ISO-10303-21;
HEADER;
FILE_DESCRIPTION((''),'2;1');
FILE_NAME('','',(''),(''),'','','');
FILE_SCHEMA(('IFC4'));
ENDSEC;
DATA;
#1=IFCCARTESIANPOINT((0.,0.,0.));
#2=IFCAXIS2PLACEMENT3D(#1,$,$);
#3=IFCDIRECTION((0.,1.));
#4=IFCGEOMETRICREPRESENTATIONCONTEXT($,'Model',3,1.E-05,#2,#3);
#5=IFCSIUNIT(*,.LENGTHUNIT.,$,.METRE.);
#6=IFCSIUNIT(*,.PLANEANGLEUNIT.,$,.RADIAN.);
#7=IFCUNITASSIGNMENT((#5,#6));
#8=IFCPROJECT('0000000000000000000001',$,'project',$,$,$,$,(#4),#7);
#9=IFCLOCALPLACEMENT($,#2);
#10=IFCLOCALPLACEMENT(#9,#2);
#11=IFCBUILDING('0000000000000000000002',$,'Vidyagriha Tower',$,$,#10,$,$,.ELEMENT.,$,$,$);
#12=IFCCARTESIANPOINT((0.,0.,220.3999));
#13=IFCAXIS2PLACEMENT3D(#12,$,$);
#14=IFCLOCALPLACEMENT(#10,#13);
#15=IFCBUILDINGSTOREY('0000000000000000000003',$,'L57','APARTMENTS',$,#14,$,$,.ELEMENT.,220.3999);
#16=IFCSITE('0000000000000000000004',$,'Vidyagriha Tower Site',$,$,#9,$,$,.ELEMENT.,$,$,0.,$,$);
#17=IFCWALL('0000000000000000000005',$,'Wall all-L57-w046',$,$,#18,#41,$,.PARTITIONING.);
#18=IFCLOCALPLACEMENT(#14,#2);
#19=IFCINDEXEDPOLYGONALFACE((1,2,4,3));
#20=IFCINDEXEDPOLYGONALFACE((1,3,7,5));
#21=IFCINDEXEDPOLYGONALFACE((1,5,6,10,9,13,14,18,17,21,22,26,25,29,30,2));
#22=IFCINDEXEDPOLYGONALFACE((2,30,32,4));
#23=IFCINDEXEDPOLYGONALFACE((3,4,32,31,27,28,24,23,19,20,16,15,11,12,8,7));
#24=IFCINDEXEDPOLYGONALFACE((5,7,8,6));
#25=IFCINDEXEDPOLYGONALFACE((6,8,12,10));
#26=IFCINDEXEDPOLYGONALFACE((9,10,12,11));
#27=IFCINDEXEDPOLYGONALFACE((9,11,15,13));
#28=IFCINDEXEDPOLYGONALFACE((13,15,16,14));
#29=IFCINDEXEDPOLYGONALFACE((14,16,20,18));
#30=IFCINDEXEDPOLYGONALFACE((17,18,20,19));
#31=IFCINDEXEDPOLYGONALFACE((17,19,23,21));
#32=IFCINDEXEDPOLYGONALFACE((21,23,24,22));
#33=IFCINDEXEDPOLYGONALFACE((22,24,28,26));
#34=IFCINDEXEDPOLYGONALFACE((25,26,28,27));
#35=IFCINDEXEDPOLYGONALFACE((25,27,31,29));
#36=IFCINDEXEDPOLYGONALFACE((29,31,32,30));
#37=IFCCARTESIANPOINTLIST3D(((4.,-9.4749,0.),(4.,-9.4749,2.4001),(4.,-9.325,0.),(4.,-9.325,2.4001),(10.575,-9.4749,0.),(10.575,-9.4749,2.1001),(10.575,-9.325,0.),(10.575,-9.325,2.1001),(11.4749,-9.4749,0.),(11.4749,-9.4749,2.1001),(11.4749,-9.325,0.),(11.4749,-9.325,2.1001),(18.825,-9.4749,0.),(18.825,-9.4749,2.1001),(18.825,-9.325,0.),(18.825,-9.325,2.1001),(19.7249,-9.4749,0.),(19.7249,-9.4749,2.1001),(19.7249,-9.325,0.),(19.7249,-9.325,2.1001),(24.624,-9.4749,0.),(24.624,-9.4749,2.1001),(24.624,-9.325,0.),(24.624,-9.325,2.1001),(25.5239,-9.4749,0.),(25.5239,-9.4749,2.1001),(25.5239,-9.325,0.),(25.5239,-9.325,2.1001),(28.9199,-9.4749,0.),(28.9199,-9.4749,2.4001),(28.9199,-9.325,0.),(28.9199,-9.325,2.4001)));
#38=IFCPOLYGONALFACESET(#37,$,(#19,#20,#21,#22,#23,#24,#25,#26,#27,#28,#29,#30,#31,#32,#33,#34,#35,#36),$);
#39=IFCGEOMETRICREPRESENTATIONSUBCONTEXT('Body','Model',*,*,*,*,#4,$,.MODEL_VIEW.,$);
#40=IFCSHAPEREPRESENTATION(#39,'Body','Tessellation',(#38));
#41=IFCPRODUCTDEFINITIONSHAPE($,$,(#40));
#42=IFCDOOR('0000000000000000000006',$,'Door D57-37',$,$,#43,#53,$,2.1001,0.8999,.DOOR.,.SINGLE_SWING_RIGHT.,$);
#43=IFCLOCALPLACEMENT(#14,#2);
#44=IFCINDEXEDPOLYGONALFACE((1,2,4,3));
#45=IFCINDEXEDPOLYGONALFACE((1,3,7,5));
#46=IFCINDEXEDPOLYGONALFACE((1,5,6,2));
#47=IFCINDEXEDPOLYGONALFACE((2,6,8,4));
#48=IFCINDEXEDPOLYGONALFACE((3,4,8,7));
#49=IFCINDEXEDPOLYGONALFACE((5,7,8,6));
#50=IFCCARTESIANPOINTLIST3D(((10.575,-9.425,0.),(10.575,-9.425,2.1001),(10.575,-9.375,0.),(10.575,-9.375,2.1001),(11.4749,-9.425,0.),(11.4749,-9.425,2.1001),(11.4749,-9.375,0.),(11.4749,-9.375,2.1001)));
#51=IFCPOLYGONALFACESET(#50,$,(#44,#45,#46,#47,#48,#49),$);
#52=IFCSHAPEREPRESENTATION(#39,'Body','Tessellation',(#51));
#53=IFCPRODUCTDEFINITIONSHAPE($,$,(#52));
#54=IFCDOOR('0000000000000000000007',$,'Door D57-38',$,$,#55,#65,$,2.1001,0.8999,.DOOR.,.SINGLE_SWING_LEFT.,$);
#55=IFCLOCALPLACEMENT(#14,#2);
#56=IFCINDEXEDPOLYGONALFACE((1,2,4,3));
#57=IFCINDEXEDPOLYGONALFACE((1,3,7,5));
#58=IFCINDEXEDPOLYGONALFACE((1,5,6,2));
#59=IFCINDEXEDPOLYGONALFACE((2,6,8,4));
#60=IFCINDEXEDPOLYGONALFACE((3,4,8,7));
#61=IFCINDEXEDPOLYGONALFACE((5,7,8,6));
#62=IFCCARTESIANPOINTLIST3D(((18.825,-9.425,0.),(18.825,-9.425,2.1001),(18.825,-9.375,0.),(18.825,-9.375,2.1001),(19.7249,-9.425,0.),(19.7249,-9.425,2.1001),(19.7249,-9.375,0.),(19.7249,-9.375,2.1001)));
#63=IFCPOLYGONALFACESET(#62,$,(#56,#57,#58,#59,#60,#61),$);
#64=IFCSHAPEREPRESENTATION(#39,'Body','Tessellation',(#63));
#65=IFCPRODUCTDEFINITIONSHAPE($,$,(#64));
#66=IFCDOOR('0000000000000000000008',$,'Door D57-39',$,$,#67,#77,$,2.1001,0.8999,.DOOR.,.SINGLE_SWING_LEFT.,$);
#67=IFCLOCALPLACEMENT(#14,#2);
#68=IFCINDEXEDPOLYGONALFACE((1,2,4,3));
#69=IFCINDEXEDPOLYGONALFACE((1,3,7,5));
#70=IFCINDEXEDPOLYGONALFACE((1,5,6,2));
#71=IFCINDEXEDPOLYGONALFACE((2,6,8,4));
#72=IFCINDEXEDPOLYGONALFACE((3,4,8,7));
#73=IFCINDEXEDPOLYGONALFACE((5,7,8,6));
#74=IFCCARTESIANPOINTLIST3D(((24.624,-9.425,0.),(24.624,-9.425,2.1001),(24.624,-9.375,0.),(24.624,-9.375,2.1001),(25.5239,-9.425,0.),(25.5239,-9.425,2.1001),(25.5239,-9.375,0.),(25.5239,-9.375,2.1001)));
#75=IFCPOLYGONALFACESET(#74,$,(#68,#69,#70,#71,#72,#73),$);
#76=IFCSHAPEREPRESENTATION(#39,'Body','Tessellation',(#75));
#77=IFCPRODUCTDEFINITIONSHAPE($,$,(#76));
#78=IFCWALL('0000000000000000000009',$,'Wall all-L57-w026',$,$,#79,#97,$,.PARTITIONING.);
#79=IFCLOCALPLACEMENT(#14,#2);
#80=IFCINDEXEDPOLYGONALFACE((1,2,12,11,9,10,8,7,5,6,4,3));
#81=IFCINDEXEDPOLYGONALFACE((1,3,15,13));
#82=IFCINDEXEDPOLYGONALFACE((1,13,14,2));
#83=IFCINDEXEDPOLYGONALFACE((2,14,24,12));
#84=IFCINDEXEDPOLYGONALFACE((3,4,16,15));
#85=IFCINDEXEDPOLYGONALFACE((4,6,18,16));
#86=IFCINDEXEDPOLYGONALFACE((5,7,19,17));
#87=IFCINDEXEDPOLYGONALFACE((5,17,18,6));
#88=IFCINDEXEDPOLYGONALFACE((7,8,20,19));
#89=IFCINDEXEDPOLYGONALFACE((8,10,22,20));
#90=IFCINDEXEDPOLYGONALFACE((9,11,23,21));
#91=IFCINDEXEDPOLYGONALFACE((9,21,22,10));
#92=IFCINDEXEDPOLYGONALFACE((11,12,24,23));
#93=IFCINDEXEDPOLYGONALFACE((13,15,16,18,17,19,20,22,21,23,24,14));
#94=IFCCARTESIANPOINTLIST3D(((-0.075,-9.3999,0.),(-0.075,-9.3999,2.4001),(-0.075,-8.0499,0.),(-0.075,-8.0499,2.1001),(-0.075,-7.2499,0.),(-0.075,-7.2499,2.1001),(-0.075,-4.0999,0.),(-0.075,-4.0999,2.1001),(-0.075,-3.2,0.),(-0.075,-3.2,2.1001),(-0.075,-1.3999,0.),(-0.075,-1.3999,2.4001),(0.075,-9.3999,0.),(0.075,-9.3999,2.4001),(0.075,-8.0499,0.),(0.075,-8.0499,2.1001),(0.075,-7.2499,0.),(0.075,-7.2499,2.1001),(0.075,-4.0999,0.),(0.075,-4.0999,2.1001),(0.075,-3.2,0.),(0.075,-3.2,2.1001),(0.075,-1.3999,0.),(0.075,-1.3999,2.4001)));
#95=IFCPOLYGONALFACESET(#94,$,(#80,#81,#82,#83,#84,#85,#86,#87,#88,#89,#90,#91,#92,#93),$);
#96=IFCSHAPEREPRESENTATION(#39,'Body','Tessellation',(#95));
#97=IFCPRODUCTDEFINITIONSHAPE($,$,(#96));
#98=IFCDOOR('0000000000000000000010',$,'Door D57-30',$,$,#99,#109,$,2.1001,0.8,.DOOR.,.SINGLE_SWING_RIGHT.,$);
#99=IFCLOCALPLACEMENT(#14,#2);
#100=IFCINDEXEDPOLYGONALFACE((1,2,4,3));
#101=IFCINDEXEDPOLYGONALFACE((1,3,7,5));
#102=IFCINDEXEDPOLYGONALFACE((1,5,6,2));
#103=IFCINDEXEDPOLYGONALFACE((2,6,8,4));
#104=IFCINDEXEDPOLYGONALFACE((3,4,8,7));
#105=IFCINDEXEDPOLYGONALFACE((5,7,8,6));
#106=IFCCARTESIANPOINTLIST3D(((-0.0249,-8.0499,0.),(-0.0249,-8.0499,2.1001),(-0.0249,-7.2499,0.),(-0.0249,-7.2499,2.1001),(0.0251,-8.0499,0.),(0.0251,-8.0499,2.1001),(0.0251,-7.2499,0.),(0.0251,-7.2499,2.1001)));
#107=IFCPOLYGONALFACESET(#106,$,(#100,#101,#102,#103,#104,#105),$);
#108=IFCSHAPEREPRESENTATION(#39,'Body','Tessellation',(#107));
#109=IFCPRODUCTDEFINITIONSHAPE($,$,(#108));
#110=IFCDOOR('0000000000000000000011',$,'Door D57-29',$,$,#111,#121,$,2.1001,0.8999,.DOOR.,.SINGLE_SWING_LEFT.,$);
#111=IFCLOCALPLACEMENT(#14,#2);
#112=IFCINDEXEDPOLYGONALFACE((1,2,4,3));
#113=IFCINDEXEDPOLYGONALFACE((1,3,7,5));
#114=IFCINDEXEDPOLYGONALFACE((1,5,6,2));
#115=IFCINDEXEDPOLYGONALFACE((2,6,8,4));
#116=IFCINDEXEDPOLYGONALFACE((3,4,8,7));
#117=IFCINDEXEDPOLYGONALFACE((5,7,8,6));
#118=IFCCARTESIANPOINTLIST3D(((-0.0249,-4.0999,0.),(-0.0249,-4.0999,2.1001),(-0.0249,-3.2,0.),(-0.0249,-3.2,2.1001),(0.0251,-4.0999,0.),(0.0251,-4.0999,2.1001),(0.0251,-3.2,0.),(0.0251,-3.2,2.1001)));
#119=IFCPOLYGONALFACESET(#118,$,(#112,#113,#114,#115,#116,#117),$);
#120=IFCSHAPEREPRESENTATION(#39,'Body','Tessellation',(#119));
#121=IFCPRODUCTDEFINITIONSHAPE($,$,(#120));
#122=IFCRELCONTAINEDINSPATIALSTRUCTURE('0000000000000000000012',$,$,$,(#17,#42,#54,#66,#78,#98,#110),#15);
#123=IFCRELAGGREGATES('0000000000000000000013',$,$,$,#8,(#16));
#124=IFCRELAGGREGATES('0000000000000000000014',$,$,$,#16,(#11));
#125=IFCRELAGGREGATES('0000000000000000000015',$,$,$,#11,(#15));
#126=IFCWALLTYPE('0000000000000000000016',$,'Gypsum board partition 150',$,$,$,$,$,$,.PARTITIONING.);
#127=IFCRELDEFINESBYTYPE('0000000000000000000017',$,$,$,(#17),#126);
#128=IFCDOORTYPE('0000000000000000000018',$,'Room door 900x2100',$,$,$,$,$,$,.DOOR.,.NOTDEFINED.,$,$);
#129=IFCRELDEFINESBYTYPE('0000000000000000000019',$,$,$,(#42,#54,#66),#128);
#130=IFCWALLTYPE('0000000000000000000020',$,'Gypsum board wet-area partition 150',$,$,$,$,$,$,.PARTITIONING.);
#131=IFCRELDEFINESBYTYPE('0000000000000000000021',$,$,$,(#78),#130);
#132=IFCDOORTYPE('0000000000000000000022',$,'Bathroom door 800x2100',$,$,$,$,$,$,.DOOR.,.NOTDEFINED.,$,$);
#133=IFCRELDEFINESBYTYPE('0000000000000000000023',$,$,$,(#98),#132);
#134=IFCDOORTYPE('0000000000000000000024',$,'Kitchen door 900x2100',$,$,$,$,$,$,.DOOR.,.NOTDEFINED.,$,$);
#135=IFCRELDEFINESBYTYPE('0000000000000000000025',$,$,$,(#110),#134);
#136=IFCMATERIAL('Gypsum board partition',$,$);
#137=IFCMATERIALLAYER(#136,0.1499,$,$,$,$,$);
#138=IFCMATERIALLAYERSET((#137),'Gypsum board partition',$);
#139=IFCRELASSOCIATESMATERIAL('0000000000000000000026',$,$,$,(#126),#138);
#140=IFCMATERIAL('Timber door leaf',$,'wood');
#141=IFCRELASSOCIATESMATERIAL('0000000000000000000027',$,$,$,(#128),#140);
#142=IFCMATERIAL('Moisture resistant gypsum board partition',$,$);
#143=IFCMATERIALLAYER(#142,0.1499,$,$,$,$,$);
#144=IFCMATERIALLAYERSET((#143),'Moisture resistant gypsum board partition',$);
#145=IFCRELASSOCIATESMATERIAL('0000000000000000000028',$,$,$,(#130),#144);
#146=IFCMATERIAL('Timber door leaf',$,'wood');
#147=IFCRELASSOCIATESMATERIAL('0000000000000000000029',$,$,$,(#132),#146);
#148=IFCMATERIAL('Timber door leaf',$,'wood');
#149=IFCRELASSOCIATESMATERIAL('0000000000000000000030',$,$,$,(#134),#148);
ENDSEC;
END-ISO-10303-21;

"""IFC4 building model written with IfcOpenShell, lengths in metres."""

from ifc_helpers import new_model, si_unit, direction, frame, frame_2d, origin, place, context, subcontext, project, spatial, rectangle, extrude, material, layer, layer_set, type_object, element, fill, save


model = new_model("IFC4")

# Units and contexts
model_context = context("Model", 3, precision=1e-05, world=origin(), true_north=direction((0.0, 1.0)))
body_context = subcontext(model_context, "Body", "Model", "MODEL_VIEW")
ifc_project = project(units=[si_unit("LENGTHUNIT", "METRE"), si_unit("PLANEANGLEUNIT", "RADIAN")], contexts=[model_context])

# Site, building, storey
site_placement = place(None, origin())
site = spatial("IfcSite", under=ifc_project, at=site_placement, Name="Vidyagriha Tower Site", CompositionType="ELEMENT", RefElevation=0.0)
building_placement = place(site_placement, origin())
building = spatial("IfcBuilding", under=site, at=building_placement, Name="Vidyagriha Tower", CompositionType="ELEMENT")
storey_placement = place(building_placement, frame((0.0, 0.0, 220.3999)))
storey = spatial("IfcBuildingStorey", under=building, at=storey_placement, Name="L57", Description="APARTMENTS", CompositionType="ELEMENT", Elevation=220.3999)

# Shared definitions
ifc_material_1 = material(Name="Gypsum board partition")
ifc_layer_1 = layer(ifc_material_1, 0.1499)
ifc_layer_set_1 = layer_set([ifc_layer_1], Name="Gypsum board partition")
wall_type_1 = type_object("IfcWallType", Name="Gypsum board partition 150", PredefinedType="PARTITIONING", material=ifc_layer_set_1)

# Walls, openings, doors
ifc_material_2 = material(Name="Timber door leaf", Category="wood")
door_type_1 = type_object("IfcDoorType", Name="Room door 900x2100", OperationType="NOTDEFINED", PredefinedType="DOOR", material=ifc_material_2)
wall_1_placement = place(storey_placement, frame((4.0, -9.3999, 0.0)))
wall_1 = element("IfcWall", 1, at=wall_1_placement, inside=storey, type_object=wall_type_1, Name="Wall all-L57-w046", PredefinedType="PARTITIONING", context=body_context, shape_type="SweptSolid", body=[
    extrude(rectangle(XDim=24.9199, YDim=0.1499, at=frame_2d((12.46, 0.0))), origin(), (0.0, 0.0, 1.0), 2.4001),
])
opening_1_placement = place(wall_1_placement, frame((6.575, 0.0, 0.0)))
opening_1 = element("IfcOpeningElement", 2, at=opening_1_placement, cuts=wall_1, PredefinedType="OPENING", context=body_context, shape_type="SweptSolid", body=[
    extrude(rectangle(XDim=0.8999, YDim=2.1001, at=frame_2d((0.45, 1.05))), frame((0.0, 0.085, 0.0), z_axis=(0.0, -1.0, 0.0), x_axis=(1.0, 0.0, 0.0)), (0.0, 0.0, 1.0), 0.1699),
])
opening_2_placement = place(wall_1_placement, frame((14.825, 0.0, 0.0)))
opening_2 = element("IfcOpeningElement", 3, at=opening_2_placement, cuts=wall_1, PredefinedType="OPENING", context=body_context, shape_type="SweptSolid", body=[
    extrude(rectangle(XDim=0.8999, YDim=2.1001, at=frame_2d((0.45, 1.05))), frame((0.0, 0.085, 0.0), z_axis=(0.0, -1.0, 0.0), x_axis=(1.0, 0.0, 0.0)), (0.0, 0.0, 1.0), 0.1699),
])
opening_3_placement = place(wall_1_placement, frame((20.624, 0.0, 0.0)))
opening_3 = element("IfcOpeningElement", 4, at=opening_3_placement, cuts=wall_1, PredefinedType="OPENING", context=body_context, shape_type="SweptSolid", body=[
    extrude(rectangle(XDim=0.8999, YDim=2.1001, at=frame_2d((0.45, 1.05))), frame((0.0, 0.085, 0.0), z_axis=(0.0, -1.0, 0.0), x_axis=(1.0, 0.0, 0.0)), (0.0, 0.0, 1.0), 0.1699),
])
door_1_placement = place(opening_1_placement, origin())
door_1 = element("IfcDoor", 5, at=door_1_placement, inside=storey, type_object=door_type_1, Name="Door D57-37", OperationType="SINGLE_SWING_RIGHT", OverallHeight=2.1001, OverallWidth=0.8999, PredefinedType="DOOR", context=body_context, shape_type="SweptSolid", body=[
    extrude(rectangle(XDim=0.8999, YDim=2.1001, at=frame_2d((0.45, 1.05))), frame((0.0, 0.0249, 0.0), z_axis=(0.0, -1.0, 0.0), x_axis=(1.0, 0.0, 0.0)), (0.0, 0.0, 1.0), 0.05),
])
fill(opening_1, door_1)
door_2_placement = place(opening_2_placement, origin())
door_2 = element("IfcDoor", 6, at=door_2_placement, inside=storey, type_object=door_type_1, Name="Door D57-38", OperationType="SINGLE_SWING_LEFT", OverallHeight=2.1001, OverallWidth=0.8999, PredefinedType="DOOR", context=body_context, shape_type="SweptSolid", body=[
    extrude(rectangle(XDim=0.8999, YDim=2.1001, at=frame_2d((0.45, 1.05))), frame((0.0, 0.0249, 0.0), z_axis=(0.0, -1.0, 0.0), x_axis=(1.0, 0.0, 0.0)), (0.0, 0.0, 1.0), 0.05),
])
fill(opening_2, door_2)
door_3_placement = place(opening_3_placement, origin())
door_3 = element("IfcDoor", 7, at=door_3_placement, inside=storey, type_object=door_type_1, Name="Door D57-39", OperationType="SINGLE_SWING_LEFT", OverallHeight=2.1001, OverallWidth=0.8999, PredefinedType="DOOR", context=body_context, shape_type="SweptSolid", body=[
    extrude(rectangle(XDim=0.8999, YDim=2.1001, at=frame_2d((0.45, 1.05))), frame((0.0, 0.0249, 0.0), z_axis=(0.0, -1.0, 0.0), x_axis=(1.0, 0.0, 0.0)), (0.0, 0.0, 1.0), 0.05),
])
fill(opening_3, door_3)
ifc_material_3 = material(Name="Moisture resistant gypsum board partition")
ifc_layer_2 = layer(ifc_material_3, 0.1499)
ifc_layer_set_2 = layer_set([ifc_layer_2], Name="Moisture resistant gypsum board partition")
wall_type_2 = type_object("IfcWallType", Name="Gypsum board wet-area partition 150", PredefinedType="PARTITIONING", material=ifc_layer_set_2)
wall_2_placement = place(storey_placement, frame((0.0, -9.3999, 0.0), z_axis=(0.0, 0.0, 1.0), x_axis=(0.0, 1.0, 0.0)))
wall_2 = element("IfcWall", 8, at=wall_2_placement, inside=storey, type_object=wall_type_2, Name="Wall all-L57-w026", PredefinedType="PARTITIONING", context=body_context, shape_type="SweptSolid", body=[
    extrude(rectangle(XDim=8.0, YDim=0.1499, at=frame_2d((4.0, 0.0))), origin(), (0.0, 0.0, 1.0), 2.4001),
])
opening_4_placement = place(wall_2_placement, frame((5.3, 0.0, 0.0)))
opening_4 = element("IfcOpeningElement", 9, at=opening_4_placement, cuts=wall_2, PredefinedType="OPENING", context=body_context, shape_type="SweptSolid", body=[
    extrude(rectangle(XDim=0.8999, YDim=2.1001, at=frame_2d((0.45, 1.05))), frame((0.0, 0.085, 0.0), z_axis=(0.0, -1.0, 0.0), x_axis=(1.0, 0.0, 0.0)), (0.0, 0.0, 1.0), 0.1699),
])
opening_5_placement = place(wall_2_placement, frame((1.3501, 0.0, 0.0)))
opening_5 = element("IfcOpeningElement", 10, at=opening_5_placement, cuts=wall_2, PredefinedType="OPENING", context=body_context, shape_type="SweptSolid", body=[
    extrude(rectangle(XDim=0.8, YDim=2.1001, at=frame_2d((0.3999, 1.05))), frame((0.0, 0.085, 0.0), z_axis=(0.0, -1.0, 0.0), x_axis=(1.0, 0.0, 0.0)), (0.0, 0.0, 1.0), 0.1699),
])
ifc_material_4 = material(Name="Timber door leaf", Category="wood")
door_type_2 = type_object("IfcDoorType", Name="Bathroom door 800x2100", OperationType="NOTDEFINED", PredefinedType="DOOR", material=ifc_material_4)
door_4_placement = place(opening_5_placement, origin())
door_4 = element("IfcDoor", 11, at=door_4_placement, inside=storey, type_object=door_type_2, Name="Door D57-30", OperationType="SINGLE_SWING_RIGHT", OverallHeight=2.1001, OverallWidth=0.8, PredefinedType="DOOR", context=body_context, shape_type="SweptSolid", body=[
    extrude(rectangle(XDim=0.8, YDim=2.1001, at=frame_2d((0.3999, 1.05))), frame((0.0, 0.0249, 0.0), z_axis=(0.0, -1.0, 0.0), x_axis=(1.0, 0.0, 0.0)), (0.0, 0.0, 1.0), 0.05),
])
fill(opening_5, door_4)
ifc_material_5 = material(Name="Timber door leaf", Category="wood")
door_type_3 = type_object("IfcDoorType", Name="Kitchen door 900x2100", OperationType="NOTDEFINED", PredefinedType="DOOR", material=ifc_material_5)
door_5_placement = place(opening_4_placement, origin())
door_5 = element("IfcDoor", 12, at=door_5_placement, inside=storey, type_object=door_type_3, Name="Door D57-29", OperationType="SINGLE_SWING_LEFT", OverallHeight=2.1001, OverallWidth=0.8999, PredefinedType="DOOR", context=body_context, shape_type="SweptSolid", body=[
    extrude(rectangle(XDim=0.8999, YDim=2.1001, at=frame_2d((0.45, 1.05))), frame((0.0, 0.0249, 0.0), z_axis=(0.0, -1.0, 0.0), x_axis=(1.0, 0.0, 0.0)), (0.0, 0.0, 1.0), 0.05),
])
fill(opening_4, door_5)

save(model, "model.ifc")
